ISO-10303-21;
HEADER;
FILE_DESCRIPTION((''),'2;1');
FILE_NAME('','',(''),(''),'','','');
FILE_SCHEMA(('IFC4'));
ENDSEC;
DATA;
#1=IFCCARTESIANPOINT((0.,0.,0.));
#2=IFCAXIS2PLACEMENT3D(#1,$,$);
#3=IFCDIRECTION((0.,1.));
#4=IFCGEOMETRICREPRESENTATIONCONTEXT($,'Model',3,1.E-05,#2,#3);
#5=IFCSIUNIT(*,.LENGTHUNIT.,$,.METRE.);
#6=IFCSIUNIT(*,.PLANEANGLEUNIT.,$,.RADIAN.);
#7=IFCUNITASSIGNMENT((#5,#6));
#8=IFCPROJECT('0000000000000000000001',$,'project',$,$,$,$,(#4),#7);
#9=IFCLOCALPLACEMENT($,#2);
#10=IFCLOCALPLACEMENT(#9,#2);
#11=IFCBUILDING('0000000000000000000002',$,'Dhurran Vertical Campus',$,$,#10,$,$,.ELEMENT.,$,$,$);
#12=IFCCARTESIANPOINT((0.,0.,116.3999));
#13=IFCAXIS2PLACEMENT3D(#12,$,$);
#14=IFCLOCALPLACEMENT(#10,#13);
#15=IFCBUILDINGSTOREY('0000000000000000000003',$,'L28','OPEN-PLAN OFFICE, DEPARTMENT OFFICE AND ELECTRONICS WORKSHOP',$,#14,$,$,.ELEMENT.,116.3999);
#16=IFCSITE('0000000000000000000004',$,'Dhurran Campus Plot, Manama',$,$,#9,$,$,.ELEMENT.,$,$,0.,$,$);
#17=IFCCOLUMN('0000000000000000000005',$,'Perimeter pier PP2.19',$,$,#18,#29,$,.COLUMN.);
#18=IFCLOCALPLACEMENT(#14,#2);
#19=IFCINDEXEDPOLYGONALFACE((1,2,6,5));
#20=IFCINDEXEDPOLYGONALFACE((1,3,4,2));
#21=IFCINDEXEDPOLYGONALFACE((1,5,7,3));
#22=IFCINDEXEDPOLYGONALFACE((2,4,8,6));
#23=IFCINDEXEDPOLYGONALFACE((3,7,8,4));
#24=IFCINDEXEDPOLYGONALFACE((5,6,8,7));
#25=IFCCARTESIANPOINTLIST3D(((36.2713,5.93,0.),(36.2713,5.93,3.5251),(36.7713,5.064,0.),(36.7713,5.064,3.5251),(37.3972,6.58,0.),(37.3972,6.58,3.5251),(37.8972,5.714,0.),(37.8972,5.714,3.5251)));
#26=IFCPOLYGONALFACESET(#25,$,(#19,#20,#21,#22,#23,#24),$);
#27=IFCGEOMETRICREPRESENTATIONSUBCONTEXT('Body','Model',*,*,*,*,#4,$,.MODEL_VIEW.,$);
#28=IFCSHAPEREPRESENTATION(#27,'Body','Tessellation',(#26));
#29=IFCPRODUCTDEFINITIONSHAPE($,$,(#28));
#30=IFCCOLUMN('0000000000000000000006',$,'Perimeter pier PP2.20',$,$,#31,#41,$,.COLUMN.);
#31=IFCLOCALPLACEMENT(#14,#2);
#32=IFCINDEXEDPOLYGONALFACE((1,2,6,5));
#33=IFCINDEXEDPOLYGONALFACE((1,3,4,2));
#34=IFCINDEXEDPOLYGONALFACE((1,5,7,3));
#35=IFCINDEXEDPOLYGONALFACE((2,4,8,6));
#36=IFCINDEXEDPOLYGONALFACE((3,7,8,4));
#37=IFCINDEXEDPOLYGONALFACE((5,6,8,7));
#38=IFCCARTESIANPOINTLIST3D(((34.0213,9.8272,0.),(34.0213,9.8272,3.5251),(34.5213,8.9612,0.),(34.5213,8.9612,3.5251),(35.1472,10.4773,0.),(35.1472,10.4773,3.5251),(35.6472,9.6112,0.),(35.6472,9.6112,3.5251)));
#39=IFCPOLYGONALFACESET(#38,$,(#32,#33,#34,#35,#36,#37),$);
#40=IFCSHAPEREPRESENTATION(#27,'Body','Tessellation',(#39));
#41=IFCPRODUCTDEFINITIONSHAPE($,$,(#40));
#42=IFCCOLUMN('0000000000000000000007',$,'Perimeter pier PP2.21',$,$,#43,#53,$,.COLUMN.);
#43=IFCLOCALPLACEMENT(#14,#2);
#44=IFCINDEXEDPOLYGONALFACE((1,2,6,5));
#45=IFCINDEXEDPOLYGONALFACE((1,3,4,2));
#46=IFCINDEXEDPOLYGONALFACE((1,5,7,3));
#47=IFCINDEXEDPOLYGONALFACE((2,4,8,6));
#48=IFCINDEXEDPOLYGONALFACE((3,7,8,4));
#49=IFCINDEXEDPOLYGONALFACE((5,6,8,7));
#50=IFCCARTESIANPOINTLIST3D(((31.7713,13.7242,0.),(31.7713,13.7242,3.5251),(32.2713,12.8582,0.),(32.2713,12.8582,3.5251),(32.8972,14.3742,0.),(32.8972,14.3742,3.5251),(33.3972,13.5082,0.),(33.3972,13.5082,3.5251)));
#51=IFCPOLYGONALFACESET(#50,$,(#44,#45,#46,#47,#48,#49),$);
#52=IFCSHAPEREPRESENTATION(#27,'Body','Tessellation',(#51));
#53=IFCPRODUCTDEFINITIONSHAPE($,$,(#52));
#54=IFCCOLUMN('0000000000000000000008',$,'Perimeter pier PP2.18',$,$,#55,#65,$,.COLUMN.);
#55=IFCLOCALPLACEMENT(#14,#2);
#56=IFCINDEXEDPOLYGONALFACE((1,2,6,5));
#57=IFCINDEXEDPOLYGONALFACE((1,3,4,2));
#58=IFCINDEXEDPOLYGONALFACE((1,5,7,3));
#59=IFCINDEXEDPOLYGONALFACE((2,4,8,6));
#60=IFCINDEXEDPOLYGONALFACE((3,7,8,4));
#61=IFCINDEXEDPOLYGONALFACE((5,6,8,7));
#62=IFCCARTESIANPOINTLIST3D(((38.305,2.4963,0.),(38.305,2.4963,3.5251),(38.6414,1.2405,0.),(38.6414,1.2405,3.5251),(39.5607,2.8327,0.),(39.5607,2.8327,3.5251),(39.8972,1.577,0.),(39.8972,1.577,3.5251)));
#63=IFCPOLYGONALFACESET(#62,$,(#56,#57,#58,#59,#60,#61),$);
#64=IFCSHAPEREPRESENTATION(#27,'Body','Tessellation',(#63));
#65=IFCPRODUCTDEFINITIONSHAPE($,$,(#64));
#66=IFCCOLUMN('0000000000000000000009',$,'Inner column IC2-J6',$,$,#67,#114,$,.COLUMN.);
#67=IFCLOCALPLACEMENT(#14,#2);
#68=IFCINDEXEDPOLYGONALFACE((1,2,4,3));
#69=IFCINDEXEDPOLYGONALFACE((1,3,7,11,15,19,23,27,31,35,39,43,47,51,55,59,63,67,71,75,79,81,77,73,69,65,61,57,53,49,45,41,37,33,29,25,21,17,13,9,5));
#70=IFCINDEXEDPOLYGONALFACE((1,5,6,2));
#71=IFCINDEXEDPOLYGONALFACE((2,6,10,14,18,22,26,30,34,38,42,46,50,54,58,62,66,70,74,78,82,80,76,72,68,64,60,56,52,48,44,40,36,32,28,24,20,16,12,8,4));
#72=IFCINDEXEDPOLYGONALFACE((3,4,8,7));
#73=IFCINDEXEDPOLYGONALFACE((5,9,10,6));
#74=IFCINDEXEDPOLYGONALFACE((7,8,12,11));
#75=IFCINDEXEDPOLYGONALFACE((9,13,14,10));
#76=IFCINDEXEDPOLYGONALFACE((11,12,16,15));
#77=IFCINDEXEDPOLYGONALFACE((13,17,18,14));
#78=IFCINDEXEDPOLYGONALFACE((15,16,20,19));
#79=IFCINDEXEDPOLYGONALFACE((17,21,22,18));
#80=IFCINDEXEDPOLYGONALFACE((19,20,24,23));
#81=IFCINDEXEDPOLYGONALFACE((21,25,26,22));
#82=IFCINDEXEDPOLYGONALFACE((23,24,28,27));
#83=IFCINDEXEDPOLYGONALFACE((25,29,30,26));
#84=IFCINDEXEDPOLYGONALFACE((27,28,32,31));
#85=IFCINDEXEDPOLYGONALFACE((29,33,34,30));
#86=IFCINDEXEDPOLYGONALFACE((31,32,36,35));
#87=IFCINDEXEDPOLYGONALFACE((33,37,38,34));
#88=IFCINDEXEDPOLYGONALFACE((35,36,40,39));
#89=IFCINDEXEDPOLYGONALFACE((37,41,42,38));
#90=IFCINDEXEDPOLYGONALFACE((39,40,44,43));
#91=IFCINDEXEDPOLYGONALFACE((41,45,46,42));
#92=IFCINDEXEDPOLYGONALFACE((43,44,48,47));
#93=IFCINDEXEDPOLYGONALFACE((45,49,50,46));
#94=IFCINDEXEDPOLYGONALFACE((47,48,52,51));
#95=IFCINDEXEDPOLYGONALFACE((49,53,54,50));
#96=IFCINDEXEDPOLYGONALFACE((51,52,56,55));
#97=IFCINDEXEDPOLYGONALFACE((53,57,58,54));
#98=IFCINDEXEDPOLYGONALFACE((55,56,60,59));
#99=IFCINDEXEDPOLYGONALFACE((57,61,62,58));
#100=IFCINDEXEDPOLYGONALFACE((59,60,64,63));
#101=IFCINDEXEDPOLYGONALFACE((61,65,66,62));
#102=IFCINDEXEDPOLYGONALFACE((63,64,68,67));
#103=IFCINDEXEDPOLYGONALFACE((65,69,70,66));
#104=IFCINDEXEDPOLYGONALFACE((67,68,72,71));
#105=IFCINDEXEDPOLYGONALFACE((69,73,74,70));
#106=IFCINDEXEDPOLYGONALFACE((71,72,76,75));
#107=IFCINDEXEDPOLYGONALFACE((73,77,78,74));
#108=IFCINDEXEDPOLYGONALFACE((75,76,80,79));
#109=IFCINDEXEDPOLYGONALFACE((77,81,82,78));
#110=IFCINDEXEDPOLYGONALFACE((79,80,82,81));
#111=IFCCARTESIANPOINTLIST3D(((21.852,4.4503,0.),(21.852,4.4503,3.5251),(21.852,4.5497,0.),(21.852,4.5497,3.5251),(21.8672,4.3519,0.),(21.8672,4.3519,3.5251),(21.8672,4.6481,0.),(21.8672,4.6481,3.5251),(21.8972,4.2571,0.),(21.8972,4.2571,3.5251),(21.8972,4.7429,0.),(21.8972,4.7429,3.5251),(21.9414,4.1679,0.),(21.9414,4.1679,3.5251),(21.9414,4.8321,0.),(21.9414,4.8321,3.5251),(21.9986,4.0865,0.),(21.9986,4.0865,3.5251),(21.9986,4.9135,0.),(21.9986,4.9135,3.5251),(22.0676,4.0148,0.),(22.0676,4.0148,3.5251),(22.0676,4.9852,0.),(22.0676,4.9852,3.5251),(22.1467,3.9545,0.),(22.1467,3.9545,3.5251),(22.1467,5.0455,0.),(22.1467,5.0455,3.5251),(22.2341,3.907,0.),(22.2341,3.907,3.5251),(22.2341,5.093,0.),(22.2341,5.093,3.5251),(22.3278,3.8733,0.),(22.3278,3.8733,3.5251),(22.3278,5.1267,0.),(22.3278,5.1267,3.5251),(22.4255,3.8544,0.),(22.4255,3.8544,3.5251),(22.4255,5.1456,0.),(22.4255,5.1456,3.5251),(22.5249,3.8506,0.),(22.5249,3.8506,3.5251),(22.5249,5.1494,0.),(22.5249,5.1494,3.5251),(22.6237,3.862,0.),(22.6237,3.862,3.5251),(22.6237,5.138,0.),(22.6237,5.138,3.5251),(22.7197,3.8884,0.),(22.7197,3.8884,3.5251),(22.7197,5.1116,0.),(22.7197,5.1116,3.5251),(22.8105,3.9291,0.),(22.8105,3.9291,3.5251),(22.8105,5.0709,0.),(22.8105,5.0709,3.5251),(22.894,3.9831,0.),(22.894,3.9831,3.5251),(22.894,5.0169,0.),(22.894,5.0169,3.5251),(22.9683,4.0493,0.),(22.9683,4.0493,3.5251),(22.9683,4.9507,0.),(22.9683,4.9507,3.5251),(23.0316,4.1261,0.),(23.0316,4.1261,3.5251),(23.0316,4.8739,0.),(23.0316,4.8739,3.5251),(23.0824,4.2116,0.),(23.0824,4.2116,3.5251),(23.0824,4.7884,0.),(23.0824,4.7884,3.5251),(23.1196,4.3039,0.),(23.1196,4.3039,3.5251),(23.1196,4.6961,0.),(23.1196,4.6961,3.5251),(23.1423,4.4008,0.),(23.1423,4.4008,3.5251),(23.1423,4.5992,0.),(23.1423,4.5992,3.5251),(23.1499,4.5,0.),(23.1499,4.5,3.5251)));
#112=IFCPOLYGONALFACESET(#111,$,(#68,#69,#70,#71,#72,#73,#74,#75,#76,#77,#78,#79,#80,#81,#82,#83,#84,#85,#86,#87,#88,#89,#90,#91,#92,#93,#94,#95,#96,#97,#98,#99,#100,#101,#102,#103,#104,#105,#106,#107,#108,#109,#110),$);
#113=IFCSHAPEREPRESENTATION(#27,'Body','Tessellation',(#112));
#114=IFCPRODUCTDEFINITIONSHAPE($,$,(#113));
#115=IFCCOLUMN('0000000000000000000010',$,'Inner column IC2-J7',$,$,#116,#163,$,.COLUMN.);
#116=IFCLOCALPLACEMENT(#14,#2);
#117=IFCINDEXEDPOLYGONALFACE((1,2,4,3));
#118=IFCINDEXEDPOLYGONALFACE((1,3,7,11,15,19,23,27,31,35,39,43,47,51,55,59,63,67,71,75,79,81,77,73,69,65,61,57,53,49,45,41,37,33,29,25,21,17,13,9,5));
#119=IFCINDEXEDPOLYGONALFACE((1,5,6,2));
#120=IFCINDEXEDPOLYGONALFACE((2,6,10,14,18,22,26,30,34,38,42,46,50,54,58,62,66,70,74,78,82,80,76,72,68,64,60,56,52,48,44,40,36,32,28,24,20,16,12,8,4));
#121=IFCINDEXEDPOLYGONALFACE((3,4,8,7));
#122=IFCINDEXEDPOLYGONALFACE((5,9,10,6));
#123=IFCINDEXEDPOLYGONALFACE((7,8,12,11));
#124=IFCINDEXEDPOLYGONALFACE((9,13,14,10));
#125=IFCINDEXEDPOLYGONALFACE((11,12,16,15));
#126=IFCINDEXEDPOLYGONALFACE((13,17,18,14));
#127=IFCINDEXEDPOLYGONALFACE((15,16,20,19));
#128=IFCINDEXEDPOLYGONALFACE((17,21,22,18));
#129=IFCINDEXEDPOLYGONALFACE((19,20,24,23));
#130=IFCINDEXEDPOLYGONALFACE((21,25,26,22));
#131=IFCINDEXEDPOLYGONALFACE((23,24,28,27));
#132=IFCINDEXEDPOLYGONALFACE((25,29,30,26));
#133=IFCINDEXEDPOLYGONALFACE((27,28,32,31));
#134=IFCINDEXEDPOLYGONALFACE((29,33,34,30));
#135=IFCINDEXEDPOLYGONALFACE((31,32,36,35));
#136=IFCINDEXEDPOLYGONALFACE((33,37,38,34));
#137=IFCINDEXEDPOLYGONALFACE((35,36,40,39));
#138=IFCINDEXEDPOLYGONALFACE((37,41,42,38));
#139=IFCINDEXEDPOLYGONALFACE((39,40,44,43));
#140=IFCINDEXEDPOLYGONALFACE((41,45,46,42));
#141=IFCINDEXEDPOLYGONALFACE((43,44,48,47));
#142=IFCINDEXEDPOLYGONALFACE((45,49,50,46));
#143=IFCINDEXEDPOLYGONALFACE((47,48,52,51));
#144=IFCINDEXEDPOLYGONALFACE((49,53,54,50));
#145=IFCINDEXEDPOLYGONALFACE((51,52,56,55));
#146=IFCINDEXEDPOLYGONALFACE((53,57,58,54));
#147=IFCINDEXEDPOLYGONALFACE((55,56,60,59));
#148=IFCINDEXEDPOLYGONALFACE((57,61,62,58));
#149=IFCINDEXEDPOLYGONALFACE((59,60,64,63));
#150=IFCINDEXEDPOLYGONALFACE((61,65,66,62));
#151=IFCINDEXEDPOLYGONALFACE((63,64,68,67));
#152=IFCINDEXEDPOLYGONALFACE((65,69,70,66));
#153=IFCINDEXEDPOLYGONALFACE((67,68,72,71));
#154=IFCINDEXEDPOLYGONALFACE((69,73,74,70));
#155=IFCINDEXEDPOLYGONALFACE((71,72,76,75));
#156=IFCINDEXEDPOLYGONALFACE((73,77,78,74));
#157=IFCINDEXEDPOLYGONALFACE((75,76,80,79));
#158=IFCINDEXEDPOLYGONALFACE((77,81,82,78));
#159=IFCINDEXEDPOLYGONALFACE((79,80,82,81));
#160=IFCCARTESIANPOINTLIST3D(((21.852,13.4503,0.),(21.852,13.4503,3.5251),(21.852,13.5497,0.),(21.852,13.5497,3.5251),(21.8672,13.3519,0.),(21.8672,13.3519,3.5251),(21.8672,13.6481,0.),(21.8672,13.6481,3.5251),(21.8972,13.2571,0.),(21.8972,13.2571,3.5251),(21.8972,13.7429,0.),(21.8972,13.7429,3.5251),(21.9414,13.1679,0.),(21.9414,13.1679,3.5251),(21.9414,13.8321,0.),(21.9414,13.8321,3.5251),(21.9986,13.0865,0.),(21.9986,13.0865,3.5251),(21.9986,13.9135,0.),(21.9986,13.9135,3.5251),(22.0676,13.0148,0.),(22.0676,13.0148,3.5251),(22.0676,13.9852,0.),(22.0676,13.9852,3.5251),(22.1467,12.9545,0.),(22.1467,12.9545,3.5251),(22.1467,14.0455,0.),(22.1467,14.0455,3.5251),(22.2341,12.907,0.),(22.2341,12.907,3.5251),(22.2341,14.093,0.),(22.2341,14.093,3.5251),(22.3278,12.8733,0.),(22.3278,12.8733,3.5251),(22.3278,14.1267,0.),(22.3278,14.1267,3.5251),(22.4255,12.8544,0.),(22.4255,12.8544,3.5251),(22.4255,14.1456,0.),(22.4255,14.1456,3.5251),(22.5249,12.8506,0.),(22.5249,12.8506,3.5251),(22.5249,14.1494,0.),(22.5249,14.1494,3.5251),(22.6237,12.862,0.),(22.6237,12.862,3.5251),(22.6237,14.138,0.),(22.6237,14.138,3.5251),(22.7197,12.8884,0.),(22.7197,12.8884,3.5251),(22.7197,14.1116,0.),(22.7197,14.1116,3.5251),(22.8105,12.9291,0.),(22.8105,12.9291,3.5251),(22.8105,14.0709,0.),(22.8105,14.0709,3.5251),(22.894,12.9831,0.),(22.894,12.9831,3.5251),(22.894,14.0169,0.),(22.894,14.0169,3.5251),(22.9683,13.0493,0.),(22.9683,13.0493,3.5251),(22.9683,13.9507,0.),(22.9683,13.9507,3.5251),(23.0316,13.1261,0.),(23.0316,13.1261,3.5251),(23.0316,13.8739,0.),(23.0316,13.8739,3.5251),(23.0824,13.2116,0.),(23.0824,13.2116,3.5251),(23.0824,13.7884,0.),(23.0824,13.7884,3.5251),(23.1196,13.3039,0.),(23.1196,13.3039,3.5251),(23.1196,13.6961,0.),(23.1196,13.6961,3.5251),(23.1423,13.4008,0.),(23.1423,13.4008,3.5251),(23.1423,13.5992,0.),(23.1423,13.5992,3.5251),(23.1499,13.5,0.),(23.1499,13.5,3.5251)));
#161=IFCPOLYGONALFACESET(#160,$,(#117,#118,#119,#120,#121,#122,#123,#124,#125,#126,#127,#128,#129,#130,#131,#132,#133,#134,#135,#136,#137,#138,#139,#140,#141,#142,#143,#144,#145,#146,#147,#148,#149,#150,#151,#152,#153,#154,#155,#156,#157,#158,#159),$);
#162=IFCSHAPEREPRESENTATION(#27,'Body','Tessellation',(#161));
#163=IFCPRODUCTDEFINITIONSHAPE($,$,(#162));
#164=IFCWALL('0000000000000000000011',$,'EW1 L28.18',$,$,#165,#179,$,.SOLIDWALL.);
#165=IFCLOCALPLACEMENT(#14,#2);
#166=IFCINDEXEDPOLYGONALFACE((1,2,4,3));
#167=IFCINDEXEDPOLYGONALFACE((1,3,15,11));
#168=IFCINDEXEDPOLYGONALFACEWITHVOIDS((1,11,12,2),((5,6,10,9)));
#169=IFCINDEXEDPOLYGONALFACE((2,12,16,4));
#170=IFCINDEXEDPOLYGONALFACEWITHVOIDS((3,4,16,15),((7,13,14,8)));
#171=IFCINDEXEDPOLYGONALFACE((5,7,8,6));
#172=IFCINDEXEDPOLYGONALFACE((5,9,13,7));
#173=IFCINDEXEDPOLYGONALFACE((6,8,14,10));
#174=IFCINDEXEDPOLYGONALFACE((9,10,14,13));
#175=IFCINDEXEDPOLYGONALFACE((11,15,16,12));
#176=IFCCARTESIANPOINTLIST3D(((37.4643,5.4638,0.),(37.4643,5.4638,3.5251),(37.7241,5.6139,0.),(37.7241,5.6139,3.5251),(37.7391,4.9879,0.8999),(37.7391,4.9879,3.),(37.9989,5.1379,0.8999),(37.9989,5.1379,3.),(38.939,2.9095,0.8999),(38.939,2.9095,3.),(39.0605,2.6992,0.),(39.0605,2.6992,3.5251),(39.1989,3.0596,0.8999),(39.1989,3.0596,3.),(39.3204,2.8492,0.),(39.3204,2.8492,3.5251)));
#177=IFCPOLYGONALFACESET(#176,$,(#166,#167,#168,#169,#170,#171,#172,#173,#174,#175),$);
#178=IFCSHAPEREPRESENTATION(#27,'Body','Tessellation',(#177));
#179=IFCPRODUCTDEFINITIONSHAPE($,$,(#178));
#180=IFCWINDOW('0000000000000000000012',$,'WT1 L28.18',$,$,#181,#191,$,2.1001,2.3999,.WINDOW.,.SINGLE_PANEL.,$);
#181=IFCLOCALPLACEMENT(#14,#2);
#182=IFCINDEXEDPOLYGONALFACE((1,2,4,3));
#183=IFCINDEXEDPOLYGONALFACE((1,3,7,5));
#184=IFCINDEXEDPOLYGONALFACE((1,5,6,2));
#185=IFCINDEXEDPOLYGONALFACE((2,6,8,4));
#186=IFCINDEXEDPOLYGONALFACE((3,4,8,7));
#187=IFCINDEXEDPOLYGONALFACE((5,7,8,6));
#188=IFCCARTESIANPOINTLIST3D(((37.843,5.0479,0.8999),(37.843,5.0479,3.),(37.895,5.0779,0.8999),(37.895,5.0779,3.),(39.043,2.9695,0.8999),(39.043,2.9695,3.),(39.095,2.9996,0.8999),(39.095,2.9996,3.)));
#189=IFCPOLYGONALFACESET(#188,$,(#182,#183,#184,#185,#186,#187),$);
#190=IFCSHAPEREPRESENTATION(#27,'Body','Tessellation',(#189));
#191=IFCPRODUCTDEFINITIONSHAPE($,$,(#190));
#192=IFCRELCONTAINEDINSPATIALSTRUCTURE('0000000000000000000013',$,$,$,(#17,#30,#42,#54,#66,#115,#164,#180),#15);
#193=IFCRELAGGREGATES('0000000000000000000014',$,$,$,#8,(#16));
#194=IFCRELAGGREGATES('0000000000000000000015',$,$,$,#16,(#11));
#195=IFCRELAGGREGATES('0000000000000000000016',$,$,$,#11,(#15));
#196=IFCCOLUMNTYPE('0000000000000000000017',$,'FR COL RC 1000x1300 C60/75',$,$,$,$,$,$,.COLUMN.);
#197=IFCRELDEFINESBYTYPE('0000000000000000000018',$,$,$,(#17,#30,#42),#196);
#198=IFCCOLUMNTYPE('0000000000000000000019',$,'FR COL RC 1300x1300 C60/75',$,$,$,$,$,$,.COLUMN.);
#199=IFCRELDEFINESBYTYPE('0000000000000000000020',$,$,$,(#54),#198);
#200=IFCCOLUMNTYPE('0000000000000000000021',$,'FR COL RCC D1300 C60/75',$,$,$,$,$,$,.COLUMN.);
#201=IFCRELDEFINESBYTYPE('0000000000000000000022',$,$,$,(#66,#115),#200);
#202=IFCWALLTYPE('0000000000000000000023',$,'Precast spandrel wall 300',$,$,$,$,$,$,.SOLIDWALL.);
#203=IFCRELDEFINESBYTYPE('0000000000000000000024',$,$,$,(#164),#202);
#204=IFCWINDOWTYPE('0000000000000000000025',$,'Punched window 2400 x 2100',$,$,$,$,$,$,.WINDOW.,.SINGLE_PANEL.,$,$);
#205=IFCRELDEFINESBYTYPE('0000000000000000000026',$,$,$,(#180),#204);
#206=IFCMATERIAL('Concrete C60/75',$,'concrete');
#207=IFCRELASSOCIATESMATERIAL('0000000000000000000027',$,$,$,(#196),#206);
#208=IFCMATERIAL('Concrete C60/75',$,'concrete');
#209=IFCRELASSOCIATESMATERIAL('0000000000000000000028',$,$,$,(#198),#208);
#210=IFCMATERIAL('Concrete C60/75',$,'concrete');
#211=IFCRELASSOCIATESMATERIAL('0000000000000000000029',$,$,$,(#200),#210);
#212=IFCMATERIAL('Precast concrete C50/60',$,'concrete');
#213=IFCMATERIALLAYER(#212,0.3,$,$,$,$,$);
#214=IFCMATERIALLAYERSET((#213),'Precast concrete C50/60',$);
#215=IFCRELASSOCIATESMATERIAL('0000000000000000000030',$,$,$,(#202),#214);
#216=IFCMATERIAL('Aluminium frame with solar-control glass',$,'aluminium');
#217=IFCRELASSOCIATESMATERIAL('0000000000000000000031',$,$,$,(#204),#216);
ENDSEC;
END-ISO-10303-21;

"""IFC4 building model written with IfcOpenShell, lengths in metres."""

from ifc_helpers import new_model, si_unit, direction, frame, frame_2d, origin, origin_2d, place, context, subcontext, project, spatial, rectangle, circle, extrude, material, layer, layer_set, material_profile, profile_set, type_object, element, fill, save


model = new_model("IFC4")

# Units and contexts
model_context = context("Model", 3, precision=1e-05, world=origin(), true_north=direction((0.0, 1.0)))
body_context = subcontext(model_context, "Body", "Model", "MODEL_VIEW")
ifc_project = project(units=[si_unit("LENGTHUNIT", "METRE"), si_unit("PLANEANGLEUNIT", "RADIAN")], contexts=[model_context])

# Site, building, storey
site_placement = place(None, origin())
site = spatial("IfcSite", under=ifc_project, at=site_placement, Name="Dhurran Campus Plot, Manama", CompositionType="ELEMENT", RefElevation=0.0)
building_placement = place(site_placement, origin())
building = spatial("IfcBuilding", under=site, at=building_placement, Name="Dhurran Vertical Campus", CompositionType="ELEMENT")
storey_placement = place(building_placement, frame((0.0, 0.0, 116.3999)))
storey = spatial("IfcBuildingStorey", under=building, at=storey_placement, Name="L28", Description="OPEN-PLAN OFFICE, DEPARTMENT OFFICE AND ELECTRONICS WORKSHOP", CompositionType="ELEMENT", Elevation=116.3999)

# Columns
ifc_material_1 = material(Name="Concrete C60/75", Category="concrete")
ifc_material_profile_1 = material_profile(ifc_material_1, rectangle(XDim=1.0, YDim=1.3, at=origin_2d()), Name="RC 1000x1300")
ifc_profile_set_1 = profile_set([ifc_material_profile_1], Name="Concrete C60/75")
column_type_1 = type_object("IfcColumnType", Name="FR COL RC 1000x1300 C60/75", PredefinedType="COLUMN", material=ifc_profile_set_1)
for number, where, z_axis, x_axis, name in (
    (1, (37.0842, 5.822, 0.0), (0.0, 0.0, 1.0), (-0.5, 0.866025, 0.0), "Perimeter pier PP2.19"),
    (2, (34.8342, 9.7192, 0.0), (0.0, 0.0, 1.0), (-0.5, 0.866025, 0.0), "Perimeter pier PP2.20"),
    (3, (32.5842, 13.6162, 0.0), (0.0, 0.0, 1.0), (-0.5, 0.866025, 0.0), "Perimeter pier PP2.21"),
):
    element("IfcColumn", number, at=place(storey_placement, frame(where, z_axis=z_axis, x_axis=x_axis)), inside=storey, type_object=column_type_1, Name=name, PredefinedType="COLUMN", context=body_context, shape_type="SweptSolid", body=[
        extrude(rectangle(XDim=1.0, YDim=1.3, at=origin_2d()), origin(), (0.0, 0.0, 1.0), 3.5251),
    ])
ifc_material_2 = material(Name="Concrete C60/75", Category="concrete")
ifc_material_profile_2 = material_profile(ifc_material_2, rectangle(XDim=1.3, YDim=1.3, at=origin_2d()), Name="RC 1300x1300")
ifc_profile_set_2 = profile_set([ifc_material_profile_2], Name="Concrete C60/75")
column_type_2 = type_object("IfcColumnType", Name="FR COL RC 1300x1300 C60/75", PredefinedType="COLUMN", material=ifc_profile_set_2)
column_placement = place(storey_placement, frame((39.1011, 2.0366, 0.0), z_axis=(0.0, 0.0, 1.0), x_axis=(-0.258819, 0.965926, 0.0)))
element("IfcColumn", 4, at=column_placement, inside=storey, type_object=column_type_2, Name="Perimeter pier PP2.18", PredefinedType="COLUMN", context=body_context, shape_type="SweptSolid", body=[
    extrude(rectangle(XDim=1.3, YDim=1.3, at=origin_2d()), origin(), (0.0, 0.0, 1.0), 3.5251),
])
ifc_material_3 = material(Name="Concrete C60/75", Category="concrete")
ifc_material_profile_3 = material_profile(ifc_material_3, circle(Radius=0.6499, at=origin_2d()), Name="RCC D1300")
ifc_profile_set_3 = profile_set([ifc_material_profile_3], Name="Concrete C60/75")
column_type_3 = type_object("IfcColumnType", Name="FR COL RCC D1300 C60/75", PredefinedType="COLUMN", material=ifc_profile_set_3)
for number, where, z_axis, x_axis, name in (
    (5, (22.5, 4.5, 0.0), (0.0, 0.0, 1.0), (1.0, 0.0, 0.0), "Inner column IC2-J6"),
    (6, (22.5, 13.5, 0.0), (0.0, 0.0, 1.0), (1.0, 0.0, 0.0), "Inner column IC2-J7"),
):
    element("IfcColumn", number, at=place(storey_placement, frame(where, z_axis=z_axis, x_axis=x_axis)), inside=storey, type_object=column_type_3, Name=name, PredefinedType="COLUMN", context=body_context, shape_type="SweptSolid", body=[
        extrude(circle(Radius=0.6499, at=origin_2d()), origin(), (0.0, 0.0, 1.0), 3.5251),
    ])

# Wall, opening, window
ifc_material_4 = material(Name="Precast concrete C50/60", Category="concrete")
ifc_layer_1 = layer(ifc_material_4, 0.3)
ifc_layer_set_1 = layer_set([ifc_layer_1], Name="Precast concrete C50/60")
wall_type_1 = type_object("IfcWallType", Name="Precast spandrel wall 300", PredefinedType="SOLIDWALL", material=ifc_layer_set_1)
wall_1_placement = place(storey_placement, frame((39.1904, 2.7742, 0.0), z_axis=(0.0, 0.0, 1.0), x_axis=(-0.500005, 0.866023, 0.0)))
wall_1 = element("IfcWall", 7, at=wall_1_placement, inside=storey, type_object=wall_type_1, Name="EW1 L28.18", PredefinedType="SOLIDWALL", context=body_context, shape_type="SweptSolid", body=[
    extrude(rectangle(XDim=3.1924, YDim=0.3, at=frame_2d((1.5962, 0.0))), origin(), (0.0, 0.0, 1.0), 3.5251),
])
opening_1_placement = place(wall_1_placement, frame((0.2429, 0.0, 0.8999)))
opening_1 = element("IfcOpeningElement", 8, at=opening_1_placement, cuts=wall_1, PredefinedType="OPENING", context=body_context, shape_type="SweptSolid", body=[
    extrude(rectangle(XDim=2.3999, YDim=2.1001, at=frame_2d((1.2, 1.05))), frame((0.0, 0.1599, 0.0), z_axis=(0.0, -1.0, 0.0), x_axis=(1.0, 0.0, 0.0)), (0.0, 0.0, 1.0), 0.3201),
])
ifc_material_5 = material(Name="Aluminium frame with solar-control glass", Category="aluminium")
window_type = type_object("IfcWindowType", Name="Punched window 2400 x 2100", PartitioningType="SINGLE_PANEL", PredefinedType="WINDOW", material=ifc_material_5)
window_1_placement = place(opening_1_placement, origin())
window_1 = element("IfcWindow", 9, at=window_1_placement, inside=storey, type_object=window_type, Name="WT1 L28.18", OverallHeight=2.1001, OverallWidth=2.3999, PartitioningType="SINGLE_PANEL", PredefinedType="WINDOW", context=body_context, shape_type="SweptSolid", body=[
    extrude(rectangle(XDim=2.3999, YDim=2.1001, at=frame_2d((1.2, 1.05))), frame((0.0, 0.03, 0.0), z_axis=(0.0, -1.0, 0.0), x_axis=(1.0, 0.0, 0.0)), (0.0, 0.0, 1.0), 0.0601),
])
fill(opening_1, window_1)

save(model, "model.ifc")
